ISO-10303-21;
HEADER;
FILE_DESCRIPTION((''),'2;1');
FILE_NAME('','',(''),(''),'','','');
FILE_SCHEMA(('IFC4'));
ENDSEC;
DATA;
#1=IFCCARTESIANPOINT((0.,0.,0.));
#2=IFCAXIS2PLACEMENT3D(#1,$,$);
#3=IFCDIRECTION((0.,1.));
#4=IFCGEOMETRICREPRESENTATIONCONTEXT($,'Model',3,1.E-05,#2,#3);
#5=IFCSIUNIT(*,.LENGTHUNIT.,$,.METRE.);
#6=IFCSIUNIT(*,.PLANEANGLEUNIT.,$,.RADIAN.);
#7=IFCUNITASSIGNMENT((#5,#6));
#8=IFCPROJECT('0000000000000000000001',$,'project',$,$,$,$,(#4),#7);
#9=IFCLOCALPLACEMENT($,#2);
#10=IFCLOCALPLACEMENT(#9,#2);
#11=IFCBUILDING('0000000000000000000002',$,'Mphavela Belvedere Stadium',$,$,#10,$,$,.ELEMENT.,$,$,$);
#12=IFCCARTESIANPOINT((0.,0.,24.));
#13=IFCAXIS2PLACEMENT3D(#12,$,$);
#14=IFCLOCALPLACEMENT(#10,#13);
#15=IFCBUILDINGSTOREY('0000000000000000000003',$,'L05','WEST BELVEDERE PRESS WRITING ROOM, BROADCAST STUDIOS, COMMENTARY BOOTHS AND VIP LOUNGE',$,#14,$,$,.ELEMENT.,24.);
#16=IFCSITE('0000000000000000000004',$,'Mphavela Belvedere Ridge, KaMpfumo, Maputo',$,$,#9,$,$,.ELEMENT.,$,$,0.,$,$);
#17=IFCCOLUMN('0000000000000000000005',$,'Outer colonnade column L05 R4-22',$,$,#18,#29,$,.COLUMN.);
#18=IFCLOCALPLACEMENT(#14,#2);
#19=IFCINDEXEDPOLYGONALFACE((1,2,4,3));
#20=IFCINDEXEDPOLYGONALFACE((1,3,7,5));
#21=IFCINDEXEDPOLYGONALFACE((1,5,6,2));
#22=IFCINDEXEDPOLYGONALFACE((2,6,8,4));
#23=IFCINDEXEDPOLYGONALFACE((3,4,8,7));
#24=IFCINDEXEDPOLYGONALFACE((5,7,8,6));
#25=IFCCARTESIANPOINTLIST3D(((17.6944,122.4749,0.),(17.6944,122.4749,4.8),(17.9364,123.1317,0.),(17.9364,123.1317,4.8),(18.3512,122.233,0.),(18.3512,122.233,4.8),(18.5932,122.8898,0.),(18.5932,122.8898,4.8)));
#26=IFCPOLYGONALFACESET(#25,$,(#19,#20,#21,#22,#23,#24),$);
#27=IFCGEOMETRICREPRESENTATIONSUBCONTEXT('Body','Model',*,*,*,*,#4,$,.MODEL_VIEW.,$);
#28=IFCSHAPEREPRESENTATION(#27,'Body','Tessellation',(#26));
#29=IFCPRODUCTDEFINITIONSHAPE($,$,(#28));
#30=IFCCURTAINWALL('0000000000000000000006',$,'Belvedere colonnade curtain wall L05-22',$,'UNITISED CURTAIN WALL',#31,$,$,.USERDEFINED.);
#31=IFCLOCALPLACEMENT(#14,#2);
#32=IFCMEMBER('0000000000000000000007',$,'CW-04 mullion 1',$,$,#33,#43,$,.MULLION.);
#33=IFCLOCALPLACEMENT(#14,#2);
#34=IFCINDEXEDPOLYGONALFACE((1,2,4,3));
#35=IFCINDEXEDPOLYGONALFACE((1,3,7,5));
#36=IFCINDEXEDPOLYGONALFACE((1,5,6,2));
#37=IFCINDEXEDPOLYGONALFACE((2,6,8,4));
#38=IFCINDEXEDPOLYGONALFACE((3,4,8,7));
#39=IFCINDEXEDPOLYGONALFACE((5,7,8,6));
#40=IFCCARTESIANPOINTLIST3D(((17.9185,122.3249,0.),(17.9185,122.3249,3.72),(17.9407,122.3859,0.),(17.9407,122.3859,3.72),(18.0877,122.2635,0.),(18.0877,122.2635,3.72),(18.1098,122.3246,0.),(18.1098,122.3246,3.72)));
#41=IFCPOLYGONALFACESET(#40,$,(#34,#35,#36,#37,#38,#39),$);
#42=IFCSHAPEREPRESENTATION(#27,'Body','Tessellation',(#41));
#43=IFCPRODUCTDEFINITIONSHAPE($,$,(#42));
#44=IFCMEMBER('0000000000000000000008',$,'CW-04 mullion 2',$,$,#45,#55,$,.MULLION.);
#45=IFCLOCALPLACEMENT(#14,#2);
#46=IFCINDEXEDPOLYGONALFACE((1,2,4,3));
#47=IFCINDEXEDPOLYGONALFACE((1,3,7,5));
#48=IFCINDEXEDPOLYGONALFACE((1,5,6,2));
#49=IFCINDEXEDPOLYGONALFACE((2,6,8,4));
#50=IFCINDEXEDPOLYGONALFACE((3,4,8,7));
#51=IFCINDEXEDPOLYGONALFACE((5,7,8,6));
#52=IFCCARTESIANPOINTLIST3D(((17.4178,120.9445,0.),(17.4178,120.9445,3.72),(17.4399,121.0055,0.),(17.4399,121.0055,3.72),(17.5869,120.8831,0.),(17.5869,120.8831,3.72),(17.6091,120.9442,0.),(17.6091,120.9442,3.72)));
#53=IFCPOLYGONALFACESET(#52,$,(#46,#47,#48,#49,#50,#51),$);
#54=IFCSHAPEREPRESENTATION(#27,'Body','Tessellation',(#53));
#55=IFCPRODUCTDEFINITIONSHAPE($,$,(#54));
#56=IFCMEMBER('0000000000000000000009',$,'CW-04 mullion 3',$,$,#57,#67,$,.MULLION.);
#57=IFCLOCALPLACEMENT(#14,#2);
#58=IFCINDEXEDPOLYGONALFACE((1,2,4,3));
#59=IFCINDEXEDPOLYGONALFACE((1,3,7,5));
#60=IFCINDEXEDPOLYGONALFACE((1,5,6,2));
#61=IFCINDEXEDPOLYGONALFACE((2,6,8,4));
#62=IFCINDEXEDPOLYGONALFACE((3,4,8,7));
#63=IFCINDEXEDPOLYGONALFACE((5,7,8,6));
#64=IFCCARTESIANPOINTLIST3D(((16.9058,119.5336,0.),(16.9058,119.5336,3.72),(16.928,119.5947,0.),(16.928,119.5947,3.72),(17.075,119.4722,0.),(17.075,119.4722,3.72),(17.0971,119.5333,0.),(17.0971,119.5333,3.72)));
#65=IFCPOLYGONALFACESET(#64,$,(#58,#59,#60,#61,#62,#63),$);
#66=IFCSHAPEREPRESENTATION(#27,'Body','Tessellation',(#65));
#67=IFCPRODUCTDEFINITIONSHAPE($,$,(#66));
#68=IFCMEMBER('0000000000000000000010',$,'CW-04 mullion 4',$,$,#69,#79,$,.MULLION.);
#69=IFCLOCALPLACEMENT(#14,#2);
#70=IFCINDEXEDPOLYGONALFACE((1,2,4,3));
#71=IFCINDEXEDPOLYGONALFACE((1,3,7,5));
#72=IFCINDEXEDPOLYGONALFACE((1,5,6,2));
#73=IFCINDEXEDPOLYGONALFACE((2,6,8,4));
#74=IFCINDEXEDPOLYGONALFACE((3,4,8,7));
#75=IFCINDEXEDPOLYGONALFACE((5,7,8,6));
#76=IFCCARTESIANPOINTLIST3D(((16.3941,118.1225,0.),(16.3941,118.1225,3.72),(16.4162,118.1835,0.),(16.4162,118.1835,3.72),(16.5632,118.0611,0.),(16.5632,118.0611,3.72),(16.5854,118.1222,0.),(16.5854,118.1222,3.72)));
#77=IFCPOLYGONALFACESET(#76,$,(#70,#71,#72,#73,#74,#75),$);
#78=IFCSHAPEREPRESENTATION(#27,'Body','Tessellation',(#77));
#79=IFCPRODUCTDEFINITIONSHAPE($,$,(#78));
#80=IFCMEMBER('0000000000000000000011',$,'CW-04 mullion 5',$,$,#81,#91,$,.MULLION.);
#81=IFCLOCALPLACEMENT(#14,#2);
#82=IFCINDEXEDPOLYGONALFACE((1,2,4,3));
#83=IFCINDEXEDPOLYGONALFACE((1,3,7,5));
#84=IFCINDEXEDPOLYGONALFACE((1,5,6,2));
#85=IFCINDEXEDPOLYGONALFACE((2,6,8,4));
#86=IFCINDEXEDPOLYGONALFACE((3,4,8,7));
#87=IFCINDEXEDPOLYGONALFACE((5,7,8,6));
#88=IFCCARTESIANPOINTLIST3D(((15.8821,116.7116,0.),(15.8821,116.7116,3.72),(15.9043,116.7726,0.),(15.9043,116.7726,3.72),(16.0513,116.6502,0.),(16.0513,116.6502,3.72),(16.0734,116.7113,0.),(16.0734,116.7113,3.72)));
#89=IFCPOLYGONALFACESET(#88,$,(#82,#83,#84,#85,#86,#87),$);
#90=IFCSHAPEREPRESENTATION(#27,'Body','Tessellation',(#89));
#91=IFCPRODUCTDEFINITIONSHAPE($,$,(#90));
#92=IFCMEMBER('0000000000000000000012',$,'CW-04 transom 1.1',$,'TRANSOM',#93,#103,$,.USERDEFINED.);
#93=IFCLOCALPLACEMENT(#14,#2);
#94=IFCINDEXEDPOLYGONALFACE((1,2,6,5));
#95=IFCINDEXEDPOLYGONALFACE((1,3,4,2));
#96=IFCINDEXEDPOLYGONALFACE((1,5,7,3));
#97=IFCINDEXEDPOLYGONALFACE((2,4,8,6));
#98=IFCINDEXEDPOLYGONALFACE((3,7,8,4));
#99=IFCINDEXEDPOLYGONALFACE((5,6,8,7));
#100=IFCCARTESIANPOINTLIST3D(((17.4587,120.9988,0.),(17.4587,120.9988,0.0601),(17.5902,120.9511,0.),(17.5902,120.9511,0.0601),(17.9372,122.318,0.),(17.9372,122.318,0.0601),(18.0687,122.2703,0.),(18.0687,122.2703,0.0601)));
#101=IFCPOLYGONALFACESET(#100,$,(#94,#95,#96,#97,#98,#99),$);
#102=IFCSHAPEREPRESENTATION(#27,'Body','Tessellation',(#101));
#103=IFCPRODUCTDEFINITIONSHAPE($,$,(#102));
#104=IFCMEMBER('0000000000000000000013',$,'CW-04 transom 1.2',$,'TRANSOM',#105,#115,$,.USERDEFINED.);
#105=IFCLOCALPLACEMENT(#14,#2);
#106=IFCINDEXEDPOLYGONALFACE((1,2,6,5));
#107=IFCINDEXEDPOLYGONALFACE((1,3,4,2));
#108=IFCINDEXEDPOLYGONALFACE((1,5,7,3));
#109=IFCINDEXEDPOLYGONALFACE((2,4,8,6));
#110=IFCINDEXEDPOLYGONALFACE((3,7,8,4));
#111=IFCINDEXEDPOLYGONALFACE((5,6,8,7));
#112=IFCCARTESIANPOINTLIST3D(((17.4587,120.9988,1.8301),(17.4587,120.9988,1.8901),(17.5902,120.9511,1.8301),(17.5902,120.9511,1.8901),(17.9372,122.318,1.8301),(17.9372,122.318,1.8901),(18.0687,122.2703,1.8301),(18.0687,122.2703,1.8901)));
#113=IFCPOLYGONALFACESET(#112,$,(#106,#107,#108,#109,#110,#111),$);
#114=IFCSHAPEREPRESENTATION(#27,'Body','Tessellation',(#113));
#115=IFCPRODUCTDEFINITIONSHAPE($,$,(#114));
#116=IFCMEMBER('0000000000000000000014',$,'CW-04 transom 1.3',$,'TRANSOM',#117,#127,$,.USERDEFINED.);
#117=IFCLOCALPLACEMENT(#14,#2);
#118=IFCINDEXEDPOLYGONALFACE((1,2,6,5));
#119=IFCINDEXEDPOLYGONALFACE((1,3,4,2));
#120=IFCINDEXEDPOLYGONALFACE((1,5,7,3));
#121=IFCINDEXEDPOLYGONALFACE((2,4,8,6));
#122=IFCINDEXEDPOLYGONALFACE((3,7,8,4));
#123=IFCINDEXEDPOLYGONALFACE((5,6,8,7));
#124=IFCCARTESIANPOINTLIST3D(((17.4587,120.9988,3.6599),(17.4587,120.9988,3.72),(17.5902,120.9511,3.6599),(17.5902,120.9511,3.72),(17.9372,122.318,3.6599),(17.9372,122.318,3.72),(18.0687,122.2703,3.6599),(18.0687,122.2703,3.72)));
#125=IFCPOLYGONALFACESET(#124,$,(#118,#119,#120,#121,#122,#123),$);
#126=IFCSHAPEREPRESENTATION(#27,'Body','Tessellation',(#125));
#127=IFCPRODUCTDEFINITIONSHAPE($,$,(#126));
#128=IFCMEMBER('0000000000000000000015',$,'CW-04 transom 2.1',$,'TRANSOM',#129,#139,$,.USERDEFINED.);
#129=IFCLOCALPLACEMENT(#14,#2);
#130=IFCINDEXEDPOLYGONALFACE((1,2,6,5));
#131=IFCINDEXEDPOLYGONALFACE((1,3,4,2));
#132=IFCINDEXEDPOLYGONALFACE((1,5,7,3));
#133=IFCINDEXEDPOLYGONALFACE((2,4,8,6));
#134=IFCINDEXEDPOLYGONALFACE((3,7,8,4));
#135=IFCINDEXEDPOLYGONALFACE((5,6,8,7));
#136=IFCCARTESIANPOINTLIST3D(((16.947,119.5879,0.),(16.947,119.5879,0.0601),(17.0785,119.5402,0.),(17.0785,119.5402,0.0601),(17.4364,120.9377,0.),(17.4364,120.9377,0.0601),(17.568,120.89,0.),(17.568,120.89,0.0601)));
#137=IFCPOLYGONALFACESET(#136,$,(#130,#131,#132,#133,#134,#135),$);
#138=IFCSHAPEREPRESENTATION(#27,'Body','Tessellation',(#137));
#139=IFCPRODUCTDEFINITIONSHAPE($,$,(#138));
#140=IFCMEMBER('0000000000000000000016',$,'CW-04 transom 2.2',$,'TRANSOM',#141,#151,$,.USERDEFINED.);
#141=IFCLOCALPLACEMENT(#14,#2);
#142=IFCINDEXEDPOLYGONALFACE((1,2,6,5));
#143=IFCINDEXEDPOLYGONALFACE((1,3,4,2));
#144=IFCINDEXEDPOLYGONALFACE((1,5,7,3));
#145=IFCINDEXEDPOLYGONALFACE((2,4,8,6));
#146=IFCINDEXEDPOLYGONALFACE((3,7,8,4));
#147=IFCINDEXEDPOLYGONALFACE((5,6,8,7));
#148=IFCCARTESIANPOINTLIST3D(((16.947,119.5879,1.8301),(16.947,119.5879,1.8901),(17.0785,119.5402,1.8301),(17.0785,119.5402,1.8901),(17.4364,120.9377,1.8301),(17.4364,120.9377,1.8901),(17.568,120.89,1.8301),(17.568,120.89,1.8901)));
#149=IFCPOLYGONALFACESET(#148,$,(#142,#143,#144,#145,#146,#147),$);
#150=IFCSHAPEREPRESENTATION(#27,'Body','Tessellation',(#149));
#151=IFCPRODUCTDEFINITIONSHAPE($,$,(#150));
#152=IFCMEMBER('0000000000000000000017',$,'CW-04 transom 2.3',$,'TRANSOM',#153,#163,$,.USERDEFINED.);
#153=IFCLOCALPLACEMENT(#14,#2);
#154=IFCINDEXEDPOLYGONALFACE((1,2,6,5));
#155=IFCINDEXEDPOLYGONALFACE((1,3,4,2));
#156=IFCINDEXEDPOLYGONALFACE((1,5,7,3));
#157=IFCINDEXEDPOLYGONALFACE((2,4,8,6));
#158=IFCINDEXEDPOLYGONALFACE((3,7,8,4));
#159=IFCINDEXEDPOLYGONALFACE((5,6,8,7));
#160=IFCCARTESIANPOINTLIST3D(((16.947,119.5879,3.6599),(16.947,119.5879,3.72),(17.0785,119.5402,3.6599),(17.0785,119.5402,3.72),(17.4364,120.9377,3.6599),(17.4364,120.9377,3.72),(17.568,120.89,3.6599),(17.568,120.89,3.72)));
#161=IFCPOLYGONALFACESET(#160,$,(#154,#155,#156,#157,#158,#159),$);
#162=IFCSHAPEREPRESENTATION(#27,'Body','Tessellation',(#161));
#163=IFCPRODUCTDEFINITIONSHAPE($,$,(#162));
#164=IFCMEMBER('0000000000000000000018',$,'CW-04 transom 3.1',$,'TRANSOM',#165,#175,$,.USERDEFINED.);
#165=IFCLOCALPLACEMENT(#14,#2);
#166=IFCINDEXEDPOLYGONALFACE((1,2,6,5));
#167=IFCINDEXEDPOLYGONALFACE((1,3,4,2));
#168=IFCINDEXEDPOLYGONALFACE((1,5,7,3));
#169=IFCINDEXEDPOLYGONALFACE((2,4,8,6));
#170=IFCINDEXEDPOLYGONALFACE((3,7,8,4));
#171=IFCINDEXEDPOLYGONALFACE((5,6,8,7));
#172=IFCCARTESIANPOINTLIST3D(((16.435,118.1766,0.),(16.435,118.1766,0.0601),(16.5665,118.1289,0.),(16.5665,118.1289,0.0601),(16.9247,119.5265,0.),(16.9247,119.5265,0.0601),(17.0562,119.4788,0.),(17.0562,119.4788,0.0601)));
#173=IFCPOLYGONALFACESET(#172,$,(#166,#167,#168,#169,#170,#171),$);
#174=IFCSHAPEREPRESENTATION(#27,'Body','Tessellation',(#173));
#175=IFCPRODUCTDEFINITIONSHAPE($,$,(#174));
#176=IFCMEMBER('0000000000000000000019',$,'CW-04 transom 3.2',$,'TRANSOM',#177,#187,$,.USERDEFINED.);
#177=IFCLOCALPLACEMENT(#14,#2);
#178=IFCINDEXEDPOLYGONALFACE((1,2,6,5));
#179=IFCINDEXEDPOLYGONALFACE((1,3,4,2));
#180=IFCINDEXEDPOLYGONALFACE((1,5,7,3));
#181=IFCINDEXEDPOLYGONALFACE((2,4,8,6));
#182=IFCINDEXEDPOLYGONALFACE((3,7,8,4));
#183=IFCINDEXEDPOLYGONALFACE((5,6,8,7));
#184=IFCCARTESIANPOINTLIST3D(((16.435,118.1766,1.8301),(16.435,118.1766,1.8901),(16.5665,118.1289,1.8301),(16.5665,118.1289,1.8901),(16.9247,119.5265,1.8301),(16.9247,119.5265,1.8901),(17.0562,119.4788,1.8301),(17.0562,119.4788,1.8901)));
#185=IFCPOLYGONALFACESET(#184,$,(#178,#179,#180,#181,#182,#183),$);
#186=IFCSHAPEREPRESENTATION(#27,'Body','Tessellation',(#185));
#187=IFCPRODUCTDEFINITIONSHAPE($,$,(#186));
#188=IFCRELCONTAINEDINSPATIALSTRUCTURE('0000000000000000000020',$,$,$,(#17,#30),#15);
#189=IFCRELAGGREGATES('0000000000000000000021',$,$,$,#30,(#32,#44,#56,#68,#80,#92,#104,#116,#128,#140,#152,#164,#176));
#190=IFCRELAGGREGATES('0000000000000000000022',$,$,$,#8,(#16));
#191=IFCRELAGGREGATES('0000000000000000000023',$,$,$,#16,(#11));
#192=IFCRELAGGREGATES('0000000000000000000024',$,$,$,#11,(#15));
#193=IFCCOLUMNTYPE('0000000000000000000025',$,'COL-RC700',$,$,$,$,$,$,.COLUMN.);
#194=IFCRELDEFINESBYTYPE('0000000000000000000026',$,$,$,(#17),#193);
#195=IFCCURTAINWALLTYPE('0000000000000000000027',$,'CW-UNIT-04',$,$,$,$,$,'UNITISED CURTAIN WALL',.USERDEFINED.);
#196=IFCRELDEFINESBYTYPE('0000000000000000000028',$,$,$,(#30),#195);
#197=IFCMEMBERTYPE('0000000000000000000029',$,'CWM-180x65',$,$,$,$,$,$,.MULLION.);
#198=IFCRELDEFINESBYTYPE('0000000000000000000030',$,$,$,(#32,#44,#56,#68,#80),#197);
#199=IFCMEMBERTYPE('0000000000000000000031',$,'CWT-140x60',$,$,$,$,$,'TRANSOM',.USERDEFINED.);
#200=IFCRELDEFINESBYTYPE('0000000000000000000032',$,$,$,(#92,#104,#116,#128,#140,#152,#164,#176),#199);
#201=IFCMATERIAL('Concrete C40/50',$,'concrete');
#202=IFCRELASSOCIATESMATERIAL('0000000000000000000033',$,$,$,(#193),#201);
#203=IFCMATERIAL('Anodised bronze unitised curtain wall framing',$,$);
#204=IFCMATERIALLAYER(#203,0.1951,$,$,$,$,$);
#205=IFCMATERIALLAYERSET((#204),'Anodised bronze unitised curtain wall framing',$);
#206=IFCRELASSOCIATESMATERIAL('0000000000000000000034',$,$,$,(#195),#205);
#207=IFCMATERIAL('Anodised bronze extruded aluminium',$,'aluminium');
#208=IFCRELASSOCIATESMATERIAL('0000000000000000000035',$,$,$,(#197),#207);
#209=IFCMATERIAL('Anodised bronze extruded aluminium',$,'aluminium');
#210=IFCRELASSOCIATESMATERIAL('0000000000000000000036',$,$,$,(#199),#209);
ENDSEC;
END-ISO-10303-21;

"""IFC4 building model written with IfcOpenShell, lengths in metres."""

from ifc_helpers import new_model, si_unit, direction, frame, origin, origin_2d, place, context, subcontext, project, spatial, rectangle, extrude, material, layer, layer_set, material_profile, profile_set, type_object, element, aggregate, save


model = new_model("IFC4")

# Units and contexts
model_context = context("Model", 3, precision=1e-05, world=origin(), true_north=direction((0.0, 1.0)))
body_context = subcontext(model_context, "Body", "Model", "MODEL_VIEW")
ifc_project = project(units=[si_unit("LENGTHUNIT", "METRE"), si_unit("PLANEANGLEUNIT", "RADIAN")], contexts=[model_context])

# Site, building, storey
site_placement = place(None, origin())
site = spatial("IfcSite", under=ifc_project, at=site_placement, Name="Mphavela Belvedere Ridge, KaMpfumo, Maputo", CompositionType="ELEMENT", RefElevation=0.0)
building_placement = place(site_placement, origin())
building = spatial("IfcBuilding", under=site, at=building_placement, Name="Mphavela Belvedere Stadium", CompositionType="ELEMENT")
storey_placement = place(building_placement, frame((0.0, 0.0, 24.0)))
storey = spatial("IfcBuildingStorey", under=building, at=storey_placement, Name="L05", Description="WEST BELVEDERE PRESS WRITING ROOM, BROADCAST STUDIOS, COMMENTARY BOOTHS AND VIP LOUNGE", CompositionType="ELEMENT", Elevation=24.0)

# Column
ifc_material_1 = material(Name="Concrete C40/50", Category="concrete")
ifc_material_profile_1 = material_profile(ifc_material_1, rectangle(XDim=0.7, YDim=0.7, at=origin_2d()), Name="RC 700x700")
ifc_profile_set_1 = profile_set([ifc_material_profile_1], Name="Concrete C40/50")
column_type = type_object("IfcColumnType", Name="COL-RC700", PredefinedType="COLUMN", material=ifc_profile_set_1)
column_placement = place(storey_placement, frame((18.1438, 122.6824, 0.0), z_axis=(0.0, 0.0, 1.0), x_axis=(-0.938372, 0.345626, 0.0)))
element("IfcColumn", 1, at=column_placement, inside=storey, type_object=column_type, Name="Outer colonnade column L05 R4-22", PredefinedType="COLUMN", context=body_context, shape_type="SweptSolid", body=[
    extrude(rectangle(XDim=0.7, YDim=0.7, at=origin_2d()), origin(), (0.0, 0.0, 1.0), 4.8),
])

# Curtain wall, members
ifc_material_2 = material(Name="Anodised bronze unitised curtain wall framing")
ifc_layer_1 = layer(ifc_material_2, 0.1951)
ifc_layer_set_1 = layer_set([ifc_layer_1], Name="Anodised bronze unitised curtain wall framing")
curtain_wall_type = type_object("IfcCurtainWallType", Name="CW-UNIT-04", ElementType="UNITISED CURTAIN WALL", PredefinedType="USERDEFINED", material=ifc_layer_set_1)
curtain_wall_placement = place(storey_placement, origin())
curtain_wall = element("IfcCurtainWall", 2, at=curtain_wall_placement, inside=storey, type_object=curtain_wall_type, Name="Belvedere colonnade curtain wall L05-22", ObjectType="UNITISED CURTAIN WALL", PredefinedType="USERDEFINED")
ifc_material_3 = material(Name="Anodised bronze extruded aluminium", Category="aluminium")
ifc_material_profile_2 = material_profile(ifc_material_3, rectangle(XDim=0.1799, YDim=0.0649, at=origin_2d()), Name="CW-MUL 180x65")
ifc_profile_set_2 = profile_set([ifc_material_profile_2], Name="Anodised bronze extruded aluminium")
member_type_1 = type_object("IfcMemberType", Name="CWM-180x65", PredefinedType="MULLION", material=ifc_profile_set_2)
member_1_placement = place(storey_placement, frame((18.0142, 122.3247, 0.0), z_axis=(0.0, 0.0, 1.0), x_axis=(0.940053, -0.341027, 0.0)))
member_1 = element("IfcMember", 3, at=member_1_placement, type_object=member_type_1, Name="CW-04 mullion 1", PredefinedType="MULLION", context=body_context, shape_type="SweptSolid", body=[
    extrude(rectangle(XDim=0.1799, YDim=0.0649, at=origin_2d()), origin(), (0.0, 0.0, 1.0), 3.72),
])
member_2_placement = place(storey_placement, frame((17.5134, 120.9443, 0.0), z_axis=(0.0, 0.0, 1.0), x_axis=(0.940053, -0.341027, 0.0)))
member_2 = element("IfcMember", 4, at=member_2_placement, type_object=member_type_1, Name="CW-04 mullion 2", PredefinedType="MULLION", context=body_context, shape_type="SweptSolid", body=[
    extrude(rectangle(XDim=0.1799, YDim=0.0649, at=origin_2d()), origin(), (0.0, 0.0, 1.0), 3.72),
])
member_3_placement = place(storey_placement, frame((17.0015, 119.5334, 0.0), z_axis=(0.0, 0.0, 1.0), x_axis=(0.940053, -0.341027, 0.0)))
member_3 = element("IfcMember", 5, at=member_3_placement, type_object=member_type_1, Name="CW-04 mullion 3", PredefinedType="MULLION", context=body_context, shape_type="SweptSolid", body=[
    extrude(rectangle(XDim=0.1799, YDim=0.0649, at=origin_2d()), origin(), (0.0, 0.0, 1.0), 3.72),
])
member_4_placement = place(storey_placement, frame((16.4897, 118.1223, 0.0), z_axis=(0.0, 0.0, 1.0), x_axis=(0.940053, -0.341027, 0.0)))
member_4 = element("IfcMember", 6, at=member_4_placement, type_object=member_type_1, Name="CW-04 mullion 4", PredefinedType="MULLION", context=body_context, shape_type="SweptSolid", body=[
    extrude(rectangle(XDim=0.1799, YDim=0.0649, at=origin_2d()), origin(), (0.0, 0.0, 1.0), 3.72),
])
member_5_placement = place(storey_placement, frame((15.9778, 116.7114, 0.0), z_axis=(0.0, 0.0, 1.0), x_axis=(0.940053, -0.341027, 0.0)))
member_5 = element("IfcMember", 7, at=member_5_placement, type_object=member_type_1, Name="CW-04 mullion 5", PredefinedType="MULLION", context=body_context, shape_type="SweptSolid", body=[
    extrude(rectangle(XDim=0.1799, YDim=0.0649, at=origin_2d()), origin(), (0.0, 0.0, 1.0), 3.72),
])
ifc_material_4 = material(Name="Anodised bronze extruded aluminium", Category="aluminium")
ifc_material_profile_3 = material_profile(ifc_material_4, rectangle(XDim=0.1399, YDim=0.0601, at=origin_2d()), Name="CW-TRN 140x60")
ifc_profile_set_3 = profile_set([ifc_material_profile_3], Name="Anodised bronze extruded aluminium")
member_type_2 = type_object("IfcMemberType", Name="CWT-140x60", ElementType="TRANSOM", PredefinedType="USERDEFINED", material=ifc_profile_set_3)
member_6_placement = place(storey_placement, frame((18.0029, 122.2942, 0.03), z_axis=(-0.340961, -0.940078, 0.0), x_axis=(0.940078, -0.340961, 0.0)))
member_6 = element("IfcMember", 8, at=member_6_placement, type_object=member_type_2, Name="CW-04 transom 1.1", ObjectType="TRANSOM", PredefinedType="USERDEFINED", context=body_context, shape_type="SweptSolid", body=[
    extrude(rectangle(XDim=0.1399, YDim=0.0601, at=origin_2d()), origin(), (0.0, 0.0, 1.0), 1.4033),
])
member_7_placement = place(storey_placement, frame((18.0029, 122.2942, 1.8601), z_axis=(-0.340961, -0.940078, 0.0), x_axis=(0.940078, -0.340961, 0.0)))
member_7 = element("IfcMember", 9, at=member_7_placement, type_object=member_type_2, Name="CW-04 transom 1.2", ObjectType="TRANSOM", PredefinedType="USERDEFINED", context=body_context, shape_type="SweptSolid", body=[
    extrude(rectangle(XDim=0.1399, YDim=0.0601, at=origin_2d()), origin(), (0.0, 0.0, 1.0), 1.4033),
])
member_8_placement = place(storey_placement, frame((18.0029, 122.2942, 3.6899), z_axis=(-0.340961, -0.940078, 0.0), x_axis=(0.940078, -0.340961, 0.0)))
member_8 = element("IfcMember", 10, at=member_8_placement, type_object=member_type_2, Name="CW-04 transom 1.3", ObjectType="TRANSOM", PredefinedType="USERDEFINED", context=body_context, shape_type="SweptSolid", body=[
    extrude(rectangle(XDim=0.1399, YDim=0.0601, at=origin_2d()), origin(), (0.0, 0.0, 1.0), 1.4033),
])
member_9_placement = place(storey_placement, frame((17.5022, 120.9138, 0.03), z_axis=(-0.34091, -0.940096, 0.0), x_axis=(0.940096, -0.34091, 0.0)))
member_9 = element("IfcMember", 11, at=member_9_placement, type_object=member_type_2, Name="CW-04 transom 2.1", ObjectType="TRANSOM", PredefinedType="USERDEFINED", context=body_context, shape_type="SweptSolid", body=[
    extrude(rectangle(XDim=0.1399, YDim=0.0601, at=origin_2d()), origin(), (0.0, 0.0, 1.0), 1.4358),
])
member_10_placement = place(storey_placement, frame((17.5022, 120.9138, 1.8601), z_axis=(-0.34091, -0.940096, 0.0), x_axis=(0.940096, -0.34091, 0.0)))
member_10 = element("IfcMember", 12, at=member_10_placement, type_object=member_type_2, Name="CW-04 transom 2.2", ObjectType="TRANSOM", PredefinedType="USERDEFINED", context=body_context, shape_type="SweptSolid", body=[
    extrude(rectangle(XDim=0.1399, YDim=0.0601, at=origin_2d()), origin(), (0.0, 0.0, 1.0), 1.4358),
])
member_11_placement = place(storey_placement, frame((17.5022, 120.9138, 3.6899), z_axis=(-0.34091, -0.940096, 0.0), x_axis=(0.940096, -0.34091, 0.0)))
member_11 = element("IfcMember", 13, at=member_11_placement, type_object=member_type_2, Name="CW-04 transom 2.3", ObjectType="TRANSOM", PredefinedType="USERDEFINED", context=body_context, shape_type="SweptSolid", body=[
    extrude(rectangle(XDim=0.1399, YDim=0.0601, at=origin_2d()), origin(), (0.0, 0.0, 1.0), 1.4358),
])
member_12_placement = place(storey_placement, frame((16.9905, 119.5027, 0.03), z_axis=(-0.34106, -0.940041, 0.0), x_axis=(0.940041, -0.34106, 0.0)))
member_12 = element("IfcMember", 14, at=member_12_placement, type_object=member_type_2, Name="CW-04 transom 3.1", ObjectType="TRANSOM", PredefinedType="USERDEFINED", context=body_context, shape_type="SweptSolid", body=[
    extrude(rectangle(XDim=0.1399, YDim=0.0601, at=origin_2d()), origin(), (0.0, 0.0, 1.0), 1.436),
])
member_13_placement = place(storey_placement, frame((16.9905, 119.5027, 1.8601), z_axis=(-0.34106, -0.940041, 0.0), x_axis=(0.940041, -0.34106, 0.0)))
member_13 = element("IfcMember", 15, at=member_13_placement, type_object=member_type_2, Name="CW-04 transom 3.2", ObjectType="TRANSOM", PredefinedType="USERDEFINED", context=body_context, shape_type="SweptSolid", body=[
    extrude(rectangle(XDim=0.1399, YDim=0.0601, at=origin_2d()), origin(), (0.0, 0.0, 1.0), 1.436),
])
aggregate(curtain_wall, [member_1, member_2, member_3, member_4, member_5, member_6, member_7, member_8, member_9, member_10, member_11, member_12, member_13])

save(model, "model.ifc")
